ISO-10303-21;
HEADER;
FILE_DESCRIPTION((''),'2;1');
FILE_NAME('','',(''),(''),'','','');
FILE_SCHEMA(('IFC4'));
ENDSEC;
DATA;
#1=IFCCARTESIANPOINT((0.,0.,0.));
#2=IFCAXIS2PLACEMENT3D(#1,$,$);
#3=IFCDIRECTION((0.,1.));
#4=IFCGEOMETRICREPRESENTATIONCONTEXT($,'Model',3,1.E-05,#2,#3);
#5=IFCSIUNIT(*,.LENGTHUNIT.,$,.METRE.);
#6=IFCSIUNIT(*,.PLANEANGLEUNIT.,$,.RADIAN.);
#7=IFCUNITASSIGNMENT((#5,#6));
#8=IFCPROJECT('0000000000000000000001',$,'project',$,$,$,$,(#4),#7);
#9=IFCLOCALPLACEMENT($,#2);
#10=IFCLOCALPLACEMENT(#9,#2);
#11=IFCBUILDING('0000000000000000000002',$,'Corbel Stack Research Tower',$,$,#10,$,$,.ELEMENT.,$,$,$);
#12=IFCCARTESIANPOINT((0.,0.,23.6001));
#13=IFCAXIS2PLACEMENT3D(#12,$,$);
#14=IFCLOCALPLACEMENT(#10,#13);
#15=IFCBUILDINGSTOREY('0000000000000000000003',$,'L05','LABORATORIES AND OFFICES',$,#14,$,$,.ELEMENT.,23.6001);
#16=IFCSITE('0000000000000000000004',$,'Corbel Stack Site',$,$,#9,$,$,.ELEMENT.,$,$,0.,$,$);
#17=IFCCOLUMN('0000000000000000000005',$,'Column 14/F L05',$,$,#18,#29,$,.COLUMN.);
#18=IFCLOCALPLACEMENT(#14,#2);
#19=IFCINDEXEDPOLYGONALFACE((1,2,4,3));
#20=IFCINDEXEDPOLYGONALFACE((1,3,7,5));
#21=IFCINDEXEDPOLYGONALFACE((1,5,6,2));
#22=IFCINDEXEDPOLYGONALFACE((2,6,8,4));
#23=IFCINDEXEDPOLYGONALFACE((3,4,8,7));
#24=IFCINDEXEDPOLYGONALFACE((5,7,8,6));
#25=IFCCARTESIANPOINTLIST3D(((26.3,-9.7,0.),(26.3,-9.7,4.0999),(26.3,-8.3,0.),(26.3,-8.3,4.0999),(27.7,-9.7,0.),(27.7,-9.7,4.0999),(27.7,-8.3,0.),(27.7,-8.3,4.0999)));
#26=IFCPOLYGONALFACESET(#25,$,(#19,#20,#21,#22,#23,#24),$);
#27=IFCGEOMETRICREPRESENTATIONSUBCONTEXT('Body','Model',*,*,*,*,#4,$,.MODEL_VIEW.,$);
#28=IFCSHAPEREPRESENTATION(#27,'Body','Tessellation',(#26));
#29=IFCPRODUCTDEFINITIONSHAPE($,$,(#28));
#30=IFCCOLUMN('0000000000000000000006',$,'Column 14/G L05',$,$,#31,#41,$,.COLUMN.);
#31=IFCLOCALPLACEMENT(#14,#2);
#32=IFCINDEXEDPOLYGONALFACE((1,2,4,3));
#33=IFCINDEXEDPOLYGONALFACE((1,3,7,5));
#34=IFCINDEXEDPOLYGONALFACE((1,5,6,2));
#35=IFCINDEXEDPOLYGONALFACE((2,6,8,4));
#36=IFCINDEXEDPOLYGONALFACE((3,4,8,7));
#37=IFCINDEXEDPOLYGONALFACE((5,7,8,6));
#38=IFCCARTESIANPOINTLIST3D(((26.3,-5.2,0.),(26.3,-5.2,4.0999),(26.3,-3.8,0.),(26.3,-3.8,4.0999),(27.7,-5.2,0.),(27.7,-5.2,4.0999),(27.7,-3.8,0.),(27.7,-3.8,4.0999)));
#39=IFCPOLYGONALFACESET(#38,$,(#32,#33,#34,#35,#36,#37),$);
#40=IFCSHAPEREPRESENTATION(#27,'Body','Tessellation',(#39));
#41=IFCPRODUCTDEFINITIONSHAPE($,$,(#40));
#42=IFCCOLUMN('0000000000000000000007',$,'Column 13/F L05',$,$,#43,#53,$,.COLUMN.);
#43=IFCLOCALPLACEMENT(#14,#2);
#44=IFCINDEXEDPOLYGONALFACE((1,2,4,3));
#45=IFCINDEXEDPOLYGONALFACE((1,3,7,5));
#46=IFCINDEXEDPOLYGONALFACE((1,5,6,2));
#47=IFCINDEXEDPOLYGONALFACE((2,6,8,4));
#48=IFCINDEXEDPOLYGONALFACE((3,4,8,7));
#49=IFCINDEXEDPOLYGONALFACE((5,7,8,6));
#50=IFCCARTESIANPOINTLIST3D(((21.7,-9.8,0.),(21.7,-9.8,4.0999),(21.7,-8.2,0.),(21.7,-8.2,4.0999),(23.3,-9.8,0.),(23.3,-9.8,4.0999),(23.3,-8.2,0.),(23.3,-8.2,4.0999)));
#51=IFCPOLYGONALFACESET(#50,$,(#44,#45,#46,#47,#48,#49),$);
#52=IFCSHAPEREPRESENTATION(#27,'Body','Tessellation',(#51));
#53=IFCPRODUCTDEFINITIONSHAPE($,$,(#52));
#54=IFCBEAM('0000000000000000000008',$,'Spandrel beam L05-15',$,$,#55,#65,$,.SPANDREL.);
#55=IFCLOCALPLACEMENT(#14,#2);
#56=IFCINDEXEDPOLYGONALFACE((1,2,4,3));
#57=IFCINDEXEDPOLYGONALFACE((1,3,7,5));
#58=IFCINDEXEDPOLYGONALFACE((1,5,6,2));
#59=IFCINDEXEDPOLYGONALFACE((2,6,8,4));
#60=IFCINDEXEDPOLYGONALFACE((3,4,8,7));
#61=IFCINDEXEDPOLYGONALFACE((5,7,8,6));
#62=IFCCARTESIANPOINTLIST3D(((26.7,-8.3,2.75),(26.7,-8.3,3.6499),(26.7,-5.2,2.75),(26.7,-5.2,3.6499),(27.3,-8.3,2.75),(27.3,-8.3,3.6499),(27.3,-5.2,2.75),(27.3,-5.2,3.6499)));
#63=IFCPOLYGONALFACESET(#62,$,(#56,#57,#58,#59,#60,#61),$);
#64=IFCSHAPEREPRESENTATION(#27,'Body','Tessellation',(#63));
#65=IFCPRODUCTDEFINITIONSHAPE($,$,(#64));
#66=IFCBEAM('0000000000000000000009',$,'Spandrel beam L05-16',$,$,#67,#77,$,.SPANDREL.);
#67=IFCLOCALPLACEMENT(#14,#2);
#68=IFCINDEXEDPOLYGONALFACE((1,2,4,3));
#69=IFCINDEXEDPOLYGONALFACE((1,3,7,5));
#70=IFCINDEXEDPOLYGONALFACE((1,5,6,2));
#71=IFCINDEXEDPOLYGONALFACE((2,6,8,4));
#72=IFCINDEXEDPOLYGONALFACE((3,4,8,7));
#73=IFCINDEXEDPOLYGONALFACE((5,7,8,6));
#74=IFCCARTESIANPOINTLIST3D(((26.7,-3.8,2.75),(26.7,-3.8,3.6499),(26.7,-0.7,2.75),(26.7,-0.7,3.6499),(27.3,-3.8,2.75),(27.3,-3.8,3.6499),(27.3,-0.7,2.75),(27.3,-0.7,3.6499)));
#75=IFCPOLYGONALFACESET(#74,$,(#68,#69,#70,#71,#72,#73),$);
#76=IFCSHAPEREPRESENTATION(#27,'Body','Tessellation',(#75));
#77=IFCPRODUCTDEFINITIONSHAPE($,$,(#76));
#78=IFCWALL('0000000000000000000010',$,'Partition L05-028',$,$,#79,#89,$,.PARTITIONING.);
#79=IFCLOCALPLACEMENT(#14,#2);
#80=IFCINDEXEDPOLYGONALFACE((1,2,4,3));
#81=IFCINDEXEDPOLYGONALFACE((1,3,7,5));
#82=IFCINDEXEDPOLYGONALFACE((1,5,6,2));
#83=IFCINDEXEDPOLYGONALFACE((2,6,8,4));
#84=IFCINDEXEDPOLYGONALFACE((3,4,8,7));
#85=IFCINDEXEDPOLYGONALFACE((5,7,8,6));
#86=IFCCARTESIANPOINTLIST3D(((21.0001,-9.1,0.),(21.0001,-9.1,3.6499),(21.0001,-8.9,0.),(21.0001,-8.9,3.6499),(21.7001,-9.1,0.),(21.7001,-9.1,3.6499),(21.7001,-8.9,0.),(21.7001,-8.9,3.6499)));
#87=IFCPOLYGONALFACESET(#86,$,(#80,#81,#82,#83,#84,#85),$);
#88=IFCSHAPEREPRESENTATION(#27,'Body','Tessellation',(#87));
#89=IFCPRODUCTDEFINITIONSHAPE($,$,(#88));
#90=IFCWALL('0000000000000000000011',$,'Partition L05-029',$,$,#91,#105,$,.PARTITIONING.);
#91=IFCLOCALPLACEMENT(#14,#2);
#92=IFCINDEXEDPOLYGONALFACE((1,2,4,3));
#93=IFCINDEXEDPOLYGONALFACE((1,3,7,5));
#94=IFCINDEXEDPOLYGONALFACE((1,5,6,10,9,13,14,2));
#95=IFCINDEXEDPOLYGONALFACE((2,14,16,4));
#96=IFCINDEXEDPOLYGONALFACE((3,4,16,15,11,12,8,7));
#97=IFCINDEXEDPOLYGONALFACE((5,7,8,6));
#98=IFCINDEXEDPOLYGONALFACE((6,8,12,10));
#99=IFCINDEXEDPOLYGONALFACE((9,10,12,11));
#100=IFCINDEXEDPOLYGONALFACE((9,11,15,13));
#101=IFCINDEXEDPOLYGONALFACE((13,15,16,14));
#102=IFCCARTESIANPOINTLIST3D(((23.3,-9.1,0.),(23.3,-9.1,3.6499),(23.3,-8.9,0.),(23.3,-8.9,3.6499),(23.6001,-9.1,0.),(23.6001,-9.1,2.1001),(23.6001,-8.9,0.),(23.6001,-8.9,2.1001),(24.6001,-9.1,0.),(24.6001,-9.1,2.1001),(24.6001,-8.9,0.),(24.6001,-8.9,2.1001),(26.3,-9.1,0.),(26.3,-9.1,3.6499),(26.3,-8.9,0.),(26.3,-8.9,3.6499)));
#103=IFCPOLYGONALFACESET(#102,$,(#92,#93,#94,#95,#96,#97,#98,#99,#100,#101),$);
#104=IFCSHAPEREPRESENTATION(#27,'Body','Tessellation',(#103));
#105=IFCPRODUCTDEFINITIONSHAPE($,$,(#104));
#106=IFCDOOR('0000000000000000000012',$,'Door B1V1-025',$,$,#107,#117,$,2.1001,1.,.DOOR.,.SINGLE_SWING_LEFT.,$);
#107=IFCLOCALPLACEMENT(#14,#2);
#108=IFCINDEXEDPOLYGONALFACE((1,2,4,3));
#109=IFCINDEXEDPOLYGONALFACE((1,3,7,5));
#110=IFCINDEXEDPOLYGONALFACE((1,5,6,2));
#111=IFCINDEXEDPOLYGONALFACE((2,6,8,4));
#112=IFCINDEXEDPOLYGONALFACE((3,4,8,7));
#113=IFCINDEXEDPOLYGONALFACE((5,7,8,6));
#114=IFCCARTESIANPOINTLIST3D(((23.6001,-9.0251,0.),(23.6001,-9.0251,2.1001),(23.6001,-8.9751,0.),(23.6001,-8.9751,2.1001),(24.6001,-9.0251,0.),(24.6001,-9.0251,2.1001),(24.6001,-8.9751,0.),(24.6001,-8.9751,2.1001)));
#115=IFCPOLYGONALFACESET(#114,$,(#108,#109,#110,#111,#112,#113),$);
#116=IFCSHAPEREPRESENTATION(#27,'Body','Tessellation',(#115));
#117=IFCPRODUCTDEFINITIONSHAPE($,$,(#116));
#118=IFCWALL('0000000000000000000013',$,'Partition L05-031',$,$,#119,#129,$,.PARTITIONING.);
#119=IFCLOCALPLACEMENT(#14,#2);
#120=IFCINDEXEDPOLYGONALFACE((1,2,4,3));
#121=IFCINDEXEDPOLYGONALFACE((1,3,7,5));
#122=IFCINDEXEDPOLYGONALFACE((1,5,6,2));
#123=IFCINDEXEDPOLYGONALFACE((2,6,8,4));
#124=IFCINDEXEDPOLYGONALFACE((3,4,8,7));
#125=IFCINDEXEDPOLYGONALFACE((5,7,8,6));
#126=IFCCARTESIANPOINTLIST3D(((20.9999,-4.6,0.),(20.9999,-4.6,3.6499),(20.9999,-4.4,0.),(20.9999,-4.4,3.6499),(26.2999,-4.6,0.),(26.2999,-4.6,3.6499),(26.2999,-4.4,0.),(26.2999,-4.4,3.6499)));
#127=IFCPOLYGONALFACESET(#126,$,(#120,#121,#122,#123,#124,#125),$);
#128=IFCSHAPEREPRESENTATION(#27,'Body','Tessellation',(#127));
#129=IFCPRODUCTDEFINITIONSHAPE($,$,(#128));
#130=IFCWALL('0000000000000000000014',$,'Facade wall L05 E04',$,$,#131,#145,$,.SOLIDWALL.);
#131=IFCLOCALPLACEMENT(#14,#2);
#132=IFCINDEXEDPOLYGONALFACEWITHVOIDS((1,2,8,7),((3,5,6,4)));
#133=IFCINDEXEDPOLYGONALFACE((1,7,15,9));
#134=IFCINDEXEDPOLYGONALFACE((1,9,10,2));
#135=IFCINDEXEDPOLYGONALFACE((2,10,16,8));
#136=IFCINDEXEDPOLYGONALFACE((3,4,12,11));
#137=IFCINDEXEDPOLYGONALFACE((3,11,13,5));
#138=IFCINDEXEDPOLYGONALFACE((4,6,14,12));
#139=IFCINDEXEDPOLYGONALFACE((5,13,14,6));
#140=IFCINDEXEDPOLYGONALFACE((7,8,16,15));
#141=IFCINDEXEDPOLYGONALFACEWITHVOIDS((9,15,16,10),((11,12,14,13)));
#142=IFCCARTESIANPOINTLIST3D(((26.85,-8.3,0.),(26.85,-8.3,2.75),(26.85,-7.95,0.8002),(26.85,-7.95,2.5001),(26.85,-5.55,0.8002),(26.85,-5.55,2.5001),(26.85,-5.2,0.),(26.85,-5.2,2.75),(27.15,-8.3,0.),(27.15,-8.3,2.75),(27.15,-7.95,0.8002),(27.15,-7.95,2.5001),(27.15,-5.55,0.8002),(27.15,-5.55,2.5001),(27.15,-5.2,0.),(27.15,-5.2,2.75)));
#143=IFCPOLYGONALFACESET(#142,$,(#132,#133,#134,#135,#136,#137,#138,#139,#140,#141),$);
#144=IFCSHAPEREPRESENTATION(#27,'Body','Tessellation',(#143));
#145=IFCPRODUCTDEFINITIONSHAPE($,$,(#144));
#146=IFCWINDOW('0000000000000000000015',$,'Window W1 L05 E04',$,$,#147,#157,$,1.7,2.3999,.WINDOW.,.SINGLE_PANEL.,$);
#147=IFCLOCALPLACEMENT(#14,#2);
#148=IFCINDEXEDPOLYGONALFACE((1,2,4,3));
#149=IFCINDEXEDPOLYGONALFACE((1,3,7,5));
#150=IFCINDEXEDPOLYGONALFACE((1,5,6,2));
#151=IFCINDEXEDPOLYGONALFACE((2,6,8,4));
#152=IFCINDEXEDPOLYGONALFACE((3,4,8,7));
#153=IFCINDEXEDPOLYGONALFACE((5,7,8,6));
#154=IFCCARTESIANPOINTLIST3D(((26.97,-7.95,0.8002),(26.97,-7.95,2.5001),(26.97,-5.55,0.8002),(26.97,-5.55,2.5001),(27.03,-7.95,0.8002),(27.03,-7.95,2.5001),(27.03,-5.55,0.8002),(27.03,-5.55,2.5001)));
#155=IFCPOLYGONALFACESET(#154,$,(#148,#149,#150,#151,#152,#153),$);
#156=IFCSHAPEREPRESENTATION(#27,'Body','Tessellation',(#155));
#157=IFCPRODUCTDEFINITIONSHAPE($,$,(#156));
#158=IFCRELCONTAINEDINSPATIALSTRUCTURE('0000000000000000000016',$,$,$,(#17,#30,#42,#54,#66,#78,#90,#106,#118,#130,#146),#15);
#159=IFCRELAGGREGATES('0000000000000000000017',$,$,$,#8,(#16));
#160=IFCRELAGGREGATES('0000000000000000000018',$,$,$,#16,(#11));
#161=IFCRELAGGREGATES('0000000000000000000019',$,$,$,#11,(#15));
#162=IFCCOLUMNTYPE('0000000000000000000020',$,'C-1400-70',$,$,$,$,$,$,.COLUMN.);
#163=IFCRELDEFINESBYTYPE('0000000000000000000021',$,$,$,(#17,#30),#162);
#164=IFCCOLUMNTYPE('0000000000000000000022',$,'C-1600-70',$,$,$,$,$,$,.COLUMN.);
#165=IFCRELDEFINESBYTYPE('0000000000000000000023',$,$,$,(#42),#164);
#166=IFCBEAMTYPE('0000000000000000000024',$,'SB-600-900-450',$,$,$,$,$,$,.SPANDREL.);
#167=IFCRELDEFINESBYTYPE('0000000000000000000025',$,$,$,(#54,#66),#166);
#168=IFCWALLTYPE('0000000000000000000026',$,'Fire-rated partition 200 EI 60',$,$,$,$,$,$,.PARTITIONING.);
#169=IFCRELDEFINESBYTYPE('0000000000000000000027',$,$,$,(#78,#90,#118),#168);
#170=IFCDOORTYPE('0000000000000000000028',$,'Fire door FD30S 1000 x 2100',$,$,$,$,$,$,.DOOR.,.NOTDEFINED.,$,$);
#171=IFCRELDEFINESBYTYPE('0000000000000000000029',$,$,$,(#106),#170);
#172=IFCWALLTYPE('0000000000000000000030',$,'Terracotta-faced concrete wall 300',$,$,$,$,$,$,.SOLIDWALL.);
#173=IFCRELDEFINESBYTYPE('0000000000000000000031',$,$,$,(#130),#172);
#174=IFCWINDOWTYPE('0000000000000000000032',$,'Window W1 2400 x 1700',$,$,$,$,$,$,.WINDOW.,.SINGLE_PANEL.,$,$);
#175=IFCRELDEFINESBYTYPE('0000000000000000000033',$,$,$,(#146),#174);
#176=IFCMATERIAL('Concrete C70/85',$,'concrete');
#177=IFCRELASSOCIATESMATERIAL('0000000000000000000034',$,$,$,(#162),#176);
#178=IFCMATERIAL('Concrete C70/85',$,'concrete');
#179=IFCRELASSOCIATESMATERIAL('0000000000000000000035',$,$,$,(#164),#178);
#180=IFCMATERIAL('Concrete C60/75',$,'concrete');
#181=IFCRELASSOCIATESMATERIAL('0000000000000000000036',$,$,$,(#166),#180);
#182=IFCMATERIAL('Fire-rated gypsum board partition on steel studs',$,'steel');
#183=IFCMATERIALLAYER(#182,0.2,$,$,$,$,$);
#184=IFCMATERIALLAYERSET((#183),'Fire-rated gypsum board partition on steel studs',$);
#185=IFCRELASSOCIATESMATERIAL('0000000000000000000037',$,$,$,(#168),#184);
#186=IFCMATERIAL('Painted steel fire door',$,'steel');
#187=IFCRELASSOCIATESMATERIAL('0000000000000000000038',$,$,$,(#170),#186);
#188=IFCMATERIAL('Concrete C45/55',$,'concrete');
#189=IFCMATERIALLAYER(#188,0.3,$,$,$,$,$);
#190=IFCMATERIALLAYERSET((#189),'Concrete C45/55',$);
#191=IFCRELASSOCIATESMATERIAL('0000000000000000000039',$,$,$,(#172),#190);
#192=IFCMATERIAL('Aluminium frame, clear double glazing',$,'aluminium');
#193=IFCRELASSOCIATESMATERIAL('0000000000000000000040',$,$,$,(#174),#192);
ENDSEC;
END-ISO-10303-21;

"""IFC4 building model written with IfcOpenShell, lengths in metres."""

from ifc_helpers import new_model, si_unit, direction, frame, frame_2d, origin, origin_2d, place, context, subcontext, project, spatial, rectangle, extrude, material, layer, layer_set, material_profile, profile_set, type_object, element, fill, save


model = new_model("IFC4")

# Units and contexts
model_context = context("Model", 3, precision=1e-05, world=origin(), true_north=direction((0.0, 1.0)))
body_context = subcontext(model_context, "Body", "Model", "MODEL_VIEW")
ifc_project = project(units=[si_unit("LENGTHUNIT", "METRE"), si_unit("PLANEANGLEUNIT", "RADIAN")], contexts=[model_context])

# Site, building, storey
site_placement = place(None, origin())
site = spatial("IfcSite", under=ifc_project, at=site_placement, Name="Corbel Stack Site", CompositionType="ELEMENT", RefElevation=0.0)
building_placement = place(site_placement, origin())
building = spatial("IfcBuilding", under=site, at=building_placement, Name="Corbel Stack Research Tower", CompositionType="ELEMENT")
storey_placement = place(building_placement, frame((0.0, 0.0, 23.6001)))
storey = spatial("IfcBuildingStorey", under=building, at=storey_placement, Name="L05", Description="LABORATORIES AND OFFICES", CompositionType="ELEMENT", Elevation=23.6001)

# Columns
ifc_material_1 = material(Name="Concrete C70/85", Category="concrete")
ifc_material_profile_1 = material_profile(ifc_material_1, rectangle(XDim=1.3999, YDim=1.3999, at=origin_2d()), Name="RC 1400 x 1400")
ifc_profile_set_1 = profile_set([ifc_material_profile_1], Name="Concrete C70/85")
column_type_1 = type_object("IfcColumnType", Name="C-1400-70", PredefinedType="COLUMN", material=ifc_profile_set_1)
for number, where, z_axis, x_axis, name in (
    (1, (27.0, -9.0, 0.0), (0.0, 0.0, 1.0), (1.0, 0.0, 0.0), "Column 14/F L05"),
    (2, (27.0, -4.5, 0.0), (0.0, 0.0, 1.0), (1.0, 0.0, 0.0), "Column 14/G L05"),
):
    element("IfcColumn", number, at=place(storey_placement, frame(where, z_axis=z_axis, x_axis=x_axis)), inside=storey, type_object=column_type_1, Name=name, PredefinedType="COLUMN", context=body_context, shape_type="SweptSolid", body=[
        extrude(rectangle(XDim=1.3999, YDim=1.3999, at=origin_2d()), origin(), (0.0, 0.0, 1.0), 4.0999),
    ])
ifc_material_2 = material(Name="Concrete C70/85", Category="concrete")
ifc_material_profile_2 = material_profile(ifc_material_2, rectangle(XDim=1.6001, YDim=1.6001, at=origin_2d()), Name="RC 1600 x 1600")
ifc_profile_set_2 = profile_set([ifc_material_profile_2], Name="Concrete C70/85")
column_type_2 = type_object("IfcColumnType", Name="C-1600-70", PredefinedType="COLUMN", material=ifc_profile_set_2)
column_placement = place(storey_placement, frame((22.5, -9.0, 0.0), z_axis=(0.0, 0.0, 1.0), x_axis=(1.0, 0.0, 0.0)))
element("IfcColumn", 3, at=column_placement, inside=storey, type_object=column_type_2, Name="Column 13/F L05", PredefinedType="COLUMN", context=body_context, shape_type="SweptSolid", body=[
    extrude(rectangle(XDim=1.6001, YDim=1.6001, at=origin_2d()), origin(), (0.0, 0.0, 1.0), 4.0999),
])

# Beams
ifc_material_3 = material(Name="Concrete C60/75", Category="concrete")
ifc_material_profile_3 = material_profile(ifc_material_3, rectangle(XDim=0.6001, YDim=0.8999, at=origin_2d()), Name="RC 600 x 900")
ifc_profile_set_3 = profile_set([ifc_material_profile_3], Name="Concrete C60/75")
beam_type = type_object("IfcBeamType", Name="SB-600-900-450", PredefinedType="SPANDREL", material=ifc_profile_set_3)
for number, where, z_axis, x_axis, name in (
    (4, (27.0, -8.3, 3.2), (0.0, 1.0, 0.0), (-1.0, 0.0, 0.0), "Spandrel beam L05-15"),
    (5, (27.0, -3.8, 3.2), (0.0, 1.0, 0.0), (-1.0, 0.0, 0.0), "Spandrel beam L05-16"),
):
    element("IfcBeam", number, at=place(storey_placement, frame(where, z_axis=z_axis, x_axis=x_axis)), inside=storey, type_object=beam_type, Name=name, PredefinedType="SPANDREL", context=body_context, shape_type="SweptSolid", body=[
        extrude(rectangle(XDim=0.6001, YDim=0.8999, at=origin_2d()), origin(), (0.0, 0.0, 1.0), 3.1001),
    ])

# Wall
ifc_material_4 = material(Name="Fire-rated gypsum board partition on steel studs", Category="steel")
ifc_layer_1 = layer(ifc_material_4, 0.2)
ifc_layer_set_1 = layer_set([ifc_layer_1], Name="Fire-rated gypsum board partition on steel studs")
wall_type_1 = type_object("IfcWallType", Name="Fire-rated partition 200 EI 60", PredefinedType="PARTITIONING", material=ifc_layer_set_1)
wall_1_placement = place(storey_placement, frame((21.0, -9.0, 0.0), z_axis=(0.0, 0.0, 1.0), x_axis=(1.0, 0.0, 0.0)))
element("IfcWall", 6, at=wall_1_placement, inside=storey, type_object=wall_type_1, Name="Partition L05-028", PredefinedType="PARTITIONING", context=body_context, shape_type="SweptSolid", body=[
    extrude(rectangle(XDim=0.7, YDim=0.2, at=frame_2d((0.3501, 0.0))), origin(), (0.0, 0.0, 1.0), 3.6499),
])

# Wall, opening, door
wall_2_placement = place(storey_placement, frame((23.3, -9.0, 0.0), z_axis=(0.0, 0.0, 1.0), x_axis=(1.0, 0.0, 0.0)))
wall_2 = element("IfcWall", 7, at=wall_2_placement, inside=storey, type_object=wall_type_1, Name="Partition L05-029", PredefinedType="PARTITIONING", context=body_context, shape_type="SweptSolid", body=[
    extrude(rectangle(XDim=3.0, YDim=0.2, at=frame_2d((1.5, 0.0))), origin(), (0.0, 0.0, 1.0), 3.6499),
])
opening_1_placement = place(wall_2_placement, frame((0.3, 0.0, 0.0)))
opening_1 = element("IfcOpeningElement", 8, at=opening_1_placement, cuts=wall_2, PredefinedType="OPENING", context=body_context, shape_type="SweptSolid", body=[
    extrude(rectangle(XDim=1.0, YDim=2.1001, at=frame_2d((0.5, 1.05))), frame((0.0, 0.1099, 0.0), z_axis=(0.0, -1.0, 0.0), x_axis=(1.0, 0.0, 0.0)), (0.0, 0.0, 1.0), 0.22),
])
ifc_material_5 = material(Name="Painted steel fire door", Category="steel")
door_type = type_object("IfcDoorType", Name="Fire door FD30S 1000 x 2100", OperationType="NOTDEFINED", PredefinedType="DOOR", material=ifc_material_5)
door_placement = place(opening_1_placement, origin())
door = element("IfcDoor", 9, at=door_placement, inside=storey, type_object=door_type, Name="Door B1V1-025", OperationType="SINGLE_SWING_LEFT", OverallHeight=2.1001, OverallWidth=1.0, PredefinedType="DOOR", context=body_context, shape_type="SweptSolid", body=[
    extrude(rectangle(XDim=1.0, YDim=2.1001, at=frame_2d((0.5, 1.05))), frame((0.0, 0.0249, 0.0), z_axis=(0.0, -1.0, 0.0), x_axis=(1.0, 0.0, 0.0)), (0.0, 0.0, 1.0), 0.05),
])
fill(opening_1, door)

# Wall
wall_3_placement = place(storey_placement, frame((21.0, -4.5, 0.0), z_axis=(0.0, 0.0, 1.0), x_axis=(1.0, 0.0, 0.0)))
element("IfcWall", 10, at=wall_3_placement, inside=storey, type_object=wall_type_1, Name="Partition L05-031", PredefinedType="PARTITIONING", context=body_context, shape_type="SweptSolid", body=[
    extrude(rectangle(XDim=5.3, YDim=0.2, at=frame_2d((2.6499, 0.0))), origin(), (0.0, 0.0, 1.0), 3.6499),
])

# Wall, opening, window
ifc_material_6 = material(Name="Concrete C45/55", Category="concrete")
ifc_layer_2 = layer(ifc_material_6, 0.3)
ifc_layer_set_2 = layer_set([ifc_layer_2], Name="Concrete C45/55")
wall_type_2 = type_object("IfcWallType", Name="Terracotta-faced concrete wall 300", PredefinedType="SOLIDWALL", material=ifc_layer_set_2)
wall_4_placement = place(storey_placement, frame((27.0, -5.2, 0.0), z_axis=(0.0, 0.0, 1.0), x_axis=(0.0, -1.0, 0.0)))
wall_4 = element("IfcWall", 11, at=wall_4_placement, inside=storey, type_object=wall_type_2, Name="Facade wall L05 E04", PredefinedType="SOLIDWALL", context=body_context, shape_type="SweptSolid", body=[
    extrude(rectangle(XDim=3.1001, YDim=0.3, at=frame_2d((1.55, 0.0))), origin(), (0.0, 0.0, 1.0), 2.75),
])
opening_2_placement = place(wall_4_placement, frame((0.3501, 0.0, 0.8)))
opening_2 = element("IfcOpeningElement", 12, at=opening_2_placement, cuts=wall_4, PredefinedType="OPENING", context=body_context, shape_type="SweptSolid", body=[
    extrude(rectangle(XDim=2.3999, YDim=1.7, at=frame_2d((1.2, 0.8501))), frame((0.0, 0.1599, 0.0), z_axis=(0.0, -1.0, 0.0), x_axis=(1.0, 0.0, 0.0)), (0.0, 0.0, 1.0), 0.3201),
])
ifc_material_7 = material(Name="Aluminium frame, clear double glazing", Category="aluminium")
window_type = type_object("IfcWindowType", Name="Window W1 2400 x 1700", PartitioningType="SINGLE_PANEL", PredefinedType="WINDOW", material=ifc_material_7)
window_1_placement = place(opening_2_placement, origin())
window_1 = element("IfcWindow", 13, at=window_1_placement, inside=storey, type_object=window_type, Name="Window W1 L05 E04", OverallHeight=1.7, OverallWidth=2.3999, PartitioningType="SINGLE_PANEL", PredefinedType="WINDOW", context=body_context, shape_type="SweptSolid", body=[
    extrude(rectangle(XDim=2.3999, YDim=1.7, at=frame_2d((1.2, 0.8501))), frame((0.0, 0.03, 0.0), z_axis=(0.0, -1.0, 0.0), x_axis=(1.0, 0.0, 0.0)), (0.0, 0.0, 1.0), 0.0601),
])
fill(opening_2, window_1)

save(model, "model.ifc")
